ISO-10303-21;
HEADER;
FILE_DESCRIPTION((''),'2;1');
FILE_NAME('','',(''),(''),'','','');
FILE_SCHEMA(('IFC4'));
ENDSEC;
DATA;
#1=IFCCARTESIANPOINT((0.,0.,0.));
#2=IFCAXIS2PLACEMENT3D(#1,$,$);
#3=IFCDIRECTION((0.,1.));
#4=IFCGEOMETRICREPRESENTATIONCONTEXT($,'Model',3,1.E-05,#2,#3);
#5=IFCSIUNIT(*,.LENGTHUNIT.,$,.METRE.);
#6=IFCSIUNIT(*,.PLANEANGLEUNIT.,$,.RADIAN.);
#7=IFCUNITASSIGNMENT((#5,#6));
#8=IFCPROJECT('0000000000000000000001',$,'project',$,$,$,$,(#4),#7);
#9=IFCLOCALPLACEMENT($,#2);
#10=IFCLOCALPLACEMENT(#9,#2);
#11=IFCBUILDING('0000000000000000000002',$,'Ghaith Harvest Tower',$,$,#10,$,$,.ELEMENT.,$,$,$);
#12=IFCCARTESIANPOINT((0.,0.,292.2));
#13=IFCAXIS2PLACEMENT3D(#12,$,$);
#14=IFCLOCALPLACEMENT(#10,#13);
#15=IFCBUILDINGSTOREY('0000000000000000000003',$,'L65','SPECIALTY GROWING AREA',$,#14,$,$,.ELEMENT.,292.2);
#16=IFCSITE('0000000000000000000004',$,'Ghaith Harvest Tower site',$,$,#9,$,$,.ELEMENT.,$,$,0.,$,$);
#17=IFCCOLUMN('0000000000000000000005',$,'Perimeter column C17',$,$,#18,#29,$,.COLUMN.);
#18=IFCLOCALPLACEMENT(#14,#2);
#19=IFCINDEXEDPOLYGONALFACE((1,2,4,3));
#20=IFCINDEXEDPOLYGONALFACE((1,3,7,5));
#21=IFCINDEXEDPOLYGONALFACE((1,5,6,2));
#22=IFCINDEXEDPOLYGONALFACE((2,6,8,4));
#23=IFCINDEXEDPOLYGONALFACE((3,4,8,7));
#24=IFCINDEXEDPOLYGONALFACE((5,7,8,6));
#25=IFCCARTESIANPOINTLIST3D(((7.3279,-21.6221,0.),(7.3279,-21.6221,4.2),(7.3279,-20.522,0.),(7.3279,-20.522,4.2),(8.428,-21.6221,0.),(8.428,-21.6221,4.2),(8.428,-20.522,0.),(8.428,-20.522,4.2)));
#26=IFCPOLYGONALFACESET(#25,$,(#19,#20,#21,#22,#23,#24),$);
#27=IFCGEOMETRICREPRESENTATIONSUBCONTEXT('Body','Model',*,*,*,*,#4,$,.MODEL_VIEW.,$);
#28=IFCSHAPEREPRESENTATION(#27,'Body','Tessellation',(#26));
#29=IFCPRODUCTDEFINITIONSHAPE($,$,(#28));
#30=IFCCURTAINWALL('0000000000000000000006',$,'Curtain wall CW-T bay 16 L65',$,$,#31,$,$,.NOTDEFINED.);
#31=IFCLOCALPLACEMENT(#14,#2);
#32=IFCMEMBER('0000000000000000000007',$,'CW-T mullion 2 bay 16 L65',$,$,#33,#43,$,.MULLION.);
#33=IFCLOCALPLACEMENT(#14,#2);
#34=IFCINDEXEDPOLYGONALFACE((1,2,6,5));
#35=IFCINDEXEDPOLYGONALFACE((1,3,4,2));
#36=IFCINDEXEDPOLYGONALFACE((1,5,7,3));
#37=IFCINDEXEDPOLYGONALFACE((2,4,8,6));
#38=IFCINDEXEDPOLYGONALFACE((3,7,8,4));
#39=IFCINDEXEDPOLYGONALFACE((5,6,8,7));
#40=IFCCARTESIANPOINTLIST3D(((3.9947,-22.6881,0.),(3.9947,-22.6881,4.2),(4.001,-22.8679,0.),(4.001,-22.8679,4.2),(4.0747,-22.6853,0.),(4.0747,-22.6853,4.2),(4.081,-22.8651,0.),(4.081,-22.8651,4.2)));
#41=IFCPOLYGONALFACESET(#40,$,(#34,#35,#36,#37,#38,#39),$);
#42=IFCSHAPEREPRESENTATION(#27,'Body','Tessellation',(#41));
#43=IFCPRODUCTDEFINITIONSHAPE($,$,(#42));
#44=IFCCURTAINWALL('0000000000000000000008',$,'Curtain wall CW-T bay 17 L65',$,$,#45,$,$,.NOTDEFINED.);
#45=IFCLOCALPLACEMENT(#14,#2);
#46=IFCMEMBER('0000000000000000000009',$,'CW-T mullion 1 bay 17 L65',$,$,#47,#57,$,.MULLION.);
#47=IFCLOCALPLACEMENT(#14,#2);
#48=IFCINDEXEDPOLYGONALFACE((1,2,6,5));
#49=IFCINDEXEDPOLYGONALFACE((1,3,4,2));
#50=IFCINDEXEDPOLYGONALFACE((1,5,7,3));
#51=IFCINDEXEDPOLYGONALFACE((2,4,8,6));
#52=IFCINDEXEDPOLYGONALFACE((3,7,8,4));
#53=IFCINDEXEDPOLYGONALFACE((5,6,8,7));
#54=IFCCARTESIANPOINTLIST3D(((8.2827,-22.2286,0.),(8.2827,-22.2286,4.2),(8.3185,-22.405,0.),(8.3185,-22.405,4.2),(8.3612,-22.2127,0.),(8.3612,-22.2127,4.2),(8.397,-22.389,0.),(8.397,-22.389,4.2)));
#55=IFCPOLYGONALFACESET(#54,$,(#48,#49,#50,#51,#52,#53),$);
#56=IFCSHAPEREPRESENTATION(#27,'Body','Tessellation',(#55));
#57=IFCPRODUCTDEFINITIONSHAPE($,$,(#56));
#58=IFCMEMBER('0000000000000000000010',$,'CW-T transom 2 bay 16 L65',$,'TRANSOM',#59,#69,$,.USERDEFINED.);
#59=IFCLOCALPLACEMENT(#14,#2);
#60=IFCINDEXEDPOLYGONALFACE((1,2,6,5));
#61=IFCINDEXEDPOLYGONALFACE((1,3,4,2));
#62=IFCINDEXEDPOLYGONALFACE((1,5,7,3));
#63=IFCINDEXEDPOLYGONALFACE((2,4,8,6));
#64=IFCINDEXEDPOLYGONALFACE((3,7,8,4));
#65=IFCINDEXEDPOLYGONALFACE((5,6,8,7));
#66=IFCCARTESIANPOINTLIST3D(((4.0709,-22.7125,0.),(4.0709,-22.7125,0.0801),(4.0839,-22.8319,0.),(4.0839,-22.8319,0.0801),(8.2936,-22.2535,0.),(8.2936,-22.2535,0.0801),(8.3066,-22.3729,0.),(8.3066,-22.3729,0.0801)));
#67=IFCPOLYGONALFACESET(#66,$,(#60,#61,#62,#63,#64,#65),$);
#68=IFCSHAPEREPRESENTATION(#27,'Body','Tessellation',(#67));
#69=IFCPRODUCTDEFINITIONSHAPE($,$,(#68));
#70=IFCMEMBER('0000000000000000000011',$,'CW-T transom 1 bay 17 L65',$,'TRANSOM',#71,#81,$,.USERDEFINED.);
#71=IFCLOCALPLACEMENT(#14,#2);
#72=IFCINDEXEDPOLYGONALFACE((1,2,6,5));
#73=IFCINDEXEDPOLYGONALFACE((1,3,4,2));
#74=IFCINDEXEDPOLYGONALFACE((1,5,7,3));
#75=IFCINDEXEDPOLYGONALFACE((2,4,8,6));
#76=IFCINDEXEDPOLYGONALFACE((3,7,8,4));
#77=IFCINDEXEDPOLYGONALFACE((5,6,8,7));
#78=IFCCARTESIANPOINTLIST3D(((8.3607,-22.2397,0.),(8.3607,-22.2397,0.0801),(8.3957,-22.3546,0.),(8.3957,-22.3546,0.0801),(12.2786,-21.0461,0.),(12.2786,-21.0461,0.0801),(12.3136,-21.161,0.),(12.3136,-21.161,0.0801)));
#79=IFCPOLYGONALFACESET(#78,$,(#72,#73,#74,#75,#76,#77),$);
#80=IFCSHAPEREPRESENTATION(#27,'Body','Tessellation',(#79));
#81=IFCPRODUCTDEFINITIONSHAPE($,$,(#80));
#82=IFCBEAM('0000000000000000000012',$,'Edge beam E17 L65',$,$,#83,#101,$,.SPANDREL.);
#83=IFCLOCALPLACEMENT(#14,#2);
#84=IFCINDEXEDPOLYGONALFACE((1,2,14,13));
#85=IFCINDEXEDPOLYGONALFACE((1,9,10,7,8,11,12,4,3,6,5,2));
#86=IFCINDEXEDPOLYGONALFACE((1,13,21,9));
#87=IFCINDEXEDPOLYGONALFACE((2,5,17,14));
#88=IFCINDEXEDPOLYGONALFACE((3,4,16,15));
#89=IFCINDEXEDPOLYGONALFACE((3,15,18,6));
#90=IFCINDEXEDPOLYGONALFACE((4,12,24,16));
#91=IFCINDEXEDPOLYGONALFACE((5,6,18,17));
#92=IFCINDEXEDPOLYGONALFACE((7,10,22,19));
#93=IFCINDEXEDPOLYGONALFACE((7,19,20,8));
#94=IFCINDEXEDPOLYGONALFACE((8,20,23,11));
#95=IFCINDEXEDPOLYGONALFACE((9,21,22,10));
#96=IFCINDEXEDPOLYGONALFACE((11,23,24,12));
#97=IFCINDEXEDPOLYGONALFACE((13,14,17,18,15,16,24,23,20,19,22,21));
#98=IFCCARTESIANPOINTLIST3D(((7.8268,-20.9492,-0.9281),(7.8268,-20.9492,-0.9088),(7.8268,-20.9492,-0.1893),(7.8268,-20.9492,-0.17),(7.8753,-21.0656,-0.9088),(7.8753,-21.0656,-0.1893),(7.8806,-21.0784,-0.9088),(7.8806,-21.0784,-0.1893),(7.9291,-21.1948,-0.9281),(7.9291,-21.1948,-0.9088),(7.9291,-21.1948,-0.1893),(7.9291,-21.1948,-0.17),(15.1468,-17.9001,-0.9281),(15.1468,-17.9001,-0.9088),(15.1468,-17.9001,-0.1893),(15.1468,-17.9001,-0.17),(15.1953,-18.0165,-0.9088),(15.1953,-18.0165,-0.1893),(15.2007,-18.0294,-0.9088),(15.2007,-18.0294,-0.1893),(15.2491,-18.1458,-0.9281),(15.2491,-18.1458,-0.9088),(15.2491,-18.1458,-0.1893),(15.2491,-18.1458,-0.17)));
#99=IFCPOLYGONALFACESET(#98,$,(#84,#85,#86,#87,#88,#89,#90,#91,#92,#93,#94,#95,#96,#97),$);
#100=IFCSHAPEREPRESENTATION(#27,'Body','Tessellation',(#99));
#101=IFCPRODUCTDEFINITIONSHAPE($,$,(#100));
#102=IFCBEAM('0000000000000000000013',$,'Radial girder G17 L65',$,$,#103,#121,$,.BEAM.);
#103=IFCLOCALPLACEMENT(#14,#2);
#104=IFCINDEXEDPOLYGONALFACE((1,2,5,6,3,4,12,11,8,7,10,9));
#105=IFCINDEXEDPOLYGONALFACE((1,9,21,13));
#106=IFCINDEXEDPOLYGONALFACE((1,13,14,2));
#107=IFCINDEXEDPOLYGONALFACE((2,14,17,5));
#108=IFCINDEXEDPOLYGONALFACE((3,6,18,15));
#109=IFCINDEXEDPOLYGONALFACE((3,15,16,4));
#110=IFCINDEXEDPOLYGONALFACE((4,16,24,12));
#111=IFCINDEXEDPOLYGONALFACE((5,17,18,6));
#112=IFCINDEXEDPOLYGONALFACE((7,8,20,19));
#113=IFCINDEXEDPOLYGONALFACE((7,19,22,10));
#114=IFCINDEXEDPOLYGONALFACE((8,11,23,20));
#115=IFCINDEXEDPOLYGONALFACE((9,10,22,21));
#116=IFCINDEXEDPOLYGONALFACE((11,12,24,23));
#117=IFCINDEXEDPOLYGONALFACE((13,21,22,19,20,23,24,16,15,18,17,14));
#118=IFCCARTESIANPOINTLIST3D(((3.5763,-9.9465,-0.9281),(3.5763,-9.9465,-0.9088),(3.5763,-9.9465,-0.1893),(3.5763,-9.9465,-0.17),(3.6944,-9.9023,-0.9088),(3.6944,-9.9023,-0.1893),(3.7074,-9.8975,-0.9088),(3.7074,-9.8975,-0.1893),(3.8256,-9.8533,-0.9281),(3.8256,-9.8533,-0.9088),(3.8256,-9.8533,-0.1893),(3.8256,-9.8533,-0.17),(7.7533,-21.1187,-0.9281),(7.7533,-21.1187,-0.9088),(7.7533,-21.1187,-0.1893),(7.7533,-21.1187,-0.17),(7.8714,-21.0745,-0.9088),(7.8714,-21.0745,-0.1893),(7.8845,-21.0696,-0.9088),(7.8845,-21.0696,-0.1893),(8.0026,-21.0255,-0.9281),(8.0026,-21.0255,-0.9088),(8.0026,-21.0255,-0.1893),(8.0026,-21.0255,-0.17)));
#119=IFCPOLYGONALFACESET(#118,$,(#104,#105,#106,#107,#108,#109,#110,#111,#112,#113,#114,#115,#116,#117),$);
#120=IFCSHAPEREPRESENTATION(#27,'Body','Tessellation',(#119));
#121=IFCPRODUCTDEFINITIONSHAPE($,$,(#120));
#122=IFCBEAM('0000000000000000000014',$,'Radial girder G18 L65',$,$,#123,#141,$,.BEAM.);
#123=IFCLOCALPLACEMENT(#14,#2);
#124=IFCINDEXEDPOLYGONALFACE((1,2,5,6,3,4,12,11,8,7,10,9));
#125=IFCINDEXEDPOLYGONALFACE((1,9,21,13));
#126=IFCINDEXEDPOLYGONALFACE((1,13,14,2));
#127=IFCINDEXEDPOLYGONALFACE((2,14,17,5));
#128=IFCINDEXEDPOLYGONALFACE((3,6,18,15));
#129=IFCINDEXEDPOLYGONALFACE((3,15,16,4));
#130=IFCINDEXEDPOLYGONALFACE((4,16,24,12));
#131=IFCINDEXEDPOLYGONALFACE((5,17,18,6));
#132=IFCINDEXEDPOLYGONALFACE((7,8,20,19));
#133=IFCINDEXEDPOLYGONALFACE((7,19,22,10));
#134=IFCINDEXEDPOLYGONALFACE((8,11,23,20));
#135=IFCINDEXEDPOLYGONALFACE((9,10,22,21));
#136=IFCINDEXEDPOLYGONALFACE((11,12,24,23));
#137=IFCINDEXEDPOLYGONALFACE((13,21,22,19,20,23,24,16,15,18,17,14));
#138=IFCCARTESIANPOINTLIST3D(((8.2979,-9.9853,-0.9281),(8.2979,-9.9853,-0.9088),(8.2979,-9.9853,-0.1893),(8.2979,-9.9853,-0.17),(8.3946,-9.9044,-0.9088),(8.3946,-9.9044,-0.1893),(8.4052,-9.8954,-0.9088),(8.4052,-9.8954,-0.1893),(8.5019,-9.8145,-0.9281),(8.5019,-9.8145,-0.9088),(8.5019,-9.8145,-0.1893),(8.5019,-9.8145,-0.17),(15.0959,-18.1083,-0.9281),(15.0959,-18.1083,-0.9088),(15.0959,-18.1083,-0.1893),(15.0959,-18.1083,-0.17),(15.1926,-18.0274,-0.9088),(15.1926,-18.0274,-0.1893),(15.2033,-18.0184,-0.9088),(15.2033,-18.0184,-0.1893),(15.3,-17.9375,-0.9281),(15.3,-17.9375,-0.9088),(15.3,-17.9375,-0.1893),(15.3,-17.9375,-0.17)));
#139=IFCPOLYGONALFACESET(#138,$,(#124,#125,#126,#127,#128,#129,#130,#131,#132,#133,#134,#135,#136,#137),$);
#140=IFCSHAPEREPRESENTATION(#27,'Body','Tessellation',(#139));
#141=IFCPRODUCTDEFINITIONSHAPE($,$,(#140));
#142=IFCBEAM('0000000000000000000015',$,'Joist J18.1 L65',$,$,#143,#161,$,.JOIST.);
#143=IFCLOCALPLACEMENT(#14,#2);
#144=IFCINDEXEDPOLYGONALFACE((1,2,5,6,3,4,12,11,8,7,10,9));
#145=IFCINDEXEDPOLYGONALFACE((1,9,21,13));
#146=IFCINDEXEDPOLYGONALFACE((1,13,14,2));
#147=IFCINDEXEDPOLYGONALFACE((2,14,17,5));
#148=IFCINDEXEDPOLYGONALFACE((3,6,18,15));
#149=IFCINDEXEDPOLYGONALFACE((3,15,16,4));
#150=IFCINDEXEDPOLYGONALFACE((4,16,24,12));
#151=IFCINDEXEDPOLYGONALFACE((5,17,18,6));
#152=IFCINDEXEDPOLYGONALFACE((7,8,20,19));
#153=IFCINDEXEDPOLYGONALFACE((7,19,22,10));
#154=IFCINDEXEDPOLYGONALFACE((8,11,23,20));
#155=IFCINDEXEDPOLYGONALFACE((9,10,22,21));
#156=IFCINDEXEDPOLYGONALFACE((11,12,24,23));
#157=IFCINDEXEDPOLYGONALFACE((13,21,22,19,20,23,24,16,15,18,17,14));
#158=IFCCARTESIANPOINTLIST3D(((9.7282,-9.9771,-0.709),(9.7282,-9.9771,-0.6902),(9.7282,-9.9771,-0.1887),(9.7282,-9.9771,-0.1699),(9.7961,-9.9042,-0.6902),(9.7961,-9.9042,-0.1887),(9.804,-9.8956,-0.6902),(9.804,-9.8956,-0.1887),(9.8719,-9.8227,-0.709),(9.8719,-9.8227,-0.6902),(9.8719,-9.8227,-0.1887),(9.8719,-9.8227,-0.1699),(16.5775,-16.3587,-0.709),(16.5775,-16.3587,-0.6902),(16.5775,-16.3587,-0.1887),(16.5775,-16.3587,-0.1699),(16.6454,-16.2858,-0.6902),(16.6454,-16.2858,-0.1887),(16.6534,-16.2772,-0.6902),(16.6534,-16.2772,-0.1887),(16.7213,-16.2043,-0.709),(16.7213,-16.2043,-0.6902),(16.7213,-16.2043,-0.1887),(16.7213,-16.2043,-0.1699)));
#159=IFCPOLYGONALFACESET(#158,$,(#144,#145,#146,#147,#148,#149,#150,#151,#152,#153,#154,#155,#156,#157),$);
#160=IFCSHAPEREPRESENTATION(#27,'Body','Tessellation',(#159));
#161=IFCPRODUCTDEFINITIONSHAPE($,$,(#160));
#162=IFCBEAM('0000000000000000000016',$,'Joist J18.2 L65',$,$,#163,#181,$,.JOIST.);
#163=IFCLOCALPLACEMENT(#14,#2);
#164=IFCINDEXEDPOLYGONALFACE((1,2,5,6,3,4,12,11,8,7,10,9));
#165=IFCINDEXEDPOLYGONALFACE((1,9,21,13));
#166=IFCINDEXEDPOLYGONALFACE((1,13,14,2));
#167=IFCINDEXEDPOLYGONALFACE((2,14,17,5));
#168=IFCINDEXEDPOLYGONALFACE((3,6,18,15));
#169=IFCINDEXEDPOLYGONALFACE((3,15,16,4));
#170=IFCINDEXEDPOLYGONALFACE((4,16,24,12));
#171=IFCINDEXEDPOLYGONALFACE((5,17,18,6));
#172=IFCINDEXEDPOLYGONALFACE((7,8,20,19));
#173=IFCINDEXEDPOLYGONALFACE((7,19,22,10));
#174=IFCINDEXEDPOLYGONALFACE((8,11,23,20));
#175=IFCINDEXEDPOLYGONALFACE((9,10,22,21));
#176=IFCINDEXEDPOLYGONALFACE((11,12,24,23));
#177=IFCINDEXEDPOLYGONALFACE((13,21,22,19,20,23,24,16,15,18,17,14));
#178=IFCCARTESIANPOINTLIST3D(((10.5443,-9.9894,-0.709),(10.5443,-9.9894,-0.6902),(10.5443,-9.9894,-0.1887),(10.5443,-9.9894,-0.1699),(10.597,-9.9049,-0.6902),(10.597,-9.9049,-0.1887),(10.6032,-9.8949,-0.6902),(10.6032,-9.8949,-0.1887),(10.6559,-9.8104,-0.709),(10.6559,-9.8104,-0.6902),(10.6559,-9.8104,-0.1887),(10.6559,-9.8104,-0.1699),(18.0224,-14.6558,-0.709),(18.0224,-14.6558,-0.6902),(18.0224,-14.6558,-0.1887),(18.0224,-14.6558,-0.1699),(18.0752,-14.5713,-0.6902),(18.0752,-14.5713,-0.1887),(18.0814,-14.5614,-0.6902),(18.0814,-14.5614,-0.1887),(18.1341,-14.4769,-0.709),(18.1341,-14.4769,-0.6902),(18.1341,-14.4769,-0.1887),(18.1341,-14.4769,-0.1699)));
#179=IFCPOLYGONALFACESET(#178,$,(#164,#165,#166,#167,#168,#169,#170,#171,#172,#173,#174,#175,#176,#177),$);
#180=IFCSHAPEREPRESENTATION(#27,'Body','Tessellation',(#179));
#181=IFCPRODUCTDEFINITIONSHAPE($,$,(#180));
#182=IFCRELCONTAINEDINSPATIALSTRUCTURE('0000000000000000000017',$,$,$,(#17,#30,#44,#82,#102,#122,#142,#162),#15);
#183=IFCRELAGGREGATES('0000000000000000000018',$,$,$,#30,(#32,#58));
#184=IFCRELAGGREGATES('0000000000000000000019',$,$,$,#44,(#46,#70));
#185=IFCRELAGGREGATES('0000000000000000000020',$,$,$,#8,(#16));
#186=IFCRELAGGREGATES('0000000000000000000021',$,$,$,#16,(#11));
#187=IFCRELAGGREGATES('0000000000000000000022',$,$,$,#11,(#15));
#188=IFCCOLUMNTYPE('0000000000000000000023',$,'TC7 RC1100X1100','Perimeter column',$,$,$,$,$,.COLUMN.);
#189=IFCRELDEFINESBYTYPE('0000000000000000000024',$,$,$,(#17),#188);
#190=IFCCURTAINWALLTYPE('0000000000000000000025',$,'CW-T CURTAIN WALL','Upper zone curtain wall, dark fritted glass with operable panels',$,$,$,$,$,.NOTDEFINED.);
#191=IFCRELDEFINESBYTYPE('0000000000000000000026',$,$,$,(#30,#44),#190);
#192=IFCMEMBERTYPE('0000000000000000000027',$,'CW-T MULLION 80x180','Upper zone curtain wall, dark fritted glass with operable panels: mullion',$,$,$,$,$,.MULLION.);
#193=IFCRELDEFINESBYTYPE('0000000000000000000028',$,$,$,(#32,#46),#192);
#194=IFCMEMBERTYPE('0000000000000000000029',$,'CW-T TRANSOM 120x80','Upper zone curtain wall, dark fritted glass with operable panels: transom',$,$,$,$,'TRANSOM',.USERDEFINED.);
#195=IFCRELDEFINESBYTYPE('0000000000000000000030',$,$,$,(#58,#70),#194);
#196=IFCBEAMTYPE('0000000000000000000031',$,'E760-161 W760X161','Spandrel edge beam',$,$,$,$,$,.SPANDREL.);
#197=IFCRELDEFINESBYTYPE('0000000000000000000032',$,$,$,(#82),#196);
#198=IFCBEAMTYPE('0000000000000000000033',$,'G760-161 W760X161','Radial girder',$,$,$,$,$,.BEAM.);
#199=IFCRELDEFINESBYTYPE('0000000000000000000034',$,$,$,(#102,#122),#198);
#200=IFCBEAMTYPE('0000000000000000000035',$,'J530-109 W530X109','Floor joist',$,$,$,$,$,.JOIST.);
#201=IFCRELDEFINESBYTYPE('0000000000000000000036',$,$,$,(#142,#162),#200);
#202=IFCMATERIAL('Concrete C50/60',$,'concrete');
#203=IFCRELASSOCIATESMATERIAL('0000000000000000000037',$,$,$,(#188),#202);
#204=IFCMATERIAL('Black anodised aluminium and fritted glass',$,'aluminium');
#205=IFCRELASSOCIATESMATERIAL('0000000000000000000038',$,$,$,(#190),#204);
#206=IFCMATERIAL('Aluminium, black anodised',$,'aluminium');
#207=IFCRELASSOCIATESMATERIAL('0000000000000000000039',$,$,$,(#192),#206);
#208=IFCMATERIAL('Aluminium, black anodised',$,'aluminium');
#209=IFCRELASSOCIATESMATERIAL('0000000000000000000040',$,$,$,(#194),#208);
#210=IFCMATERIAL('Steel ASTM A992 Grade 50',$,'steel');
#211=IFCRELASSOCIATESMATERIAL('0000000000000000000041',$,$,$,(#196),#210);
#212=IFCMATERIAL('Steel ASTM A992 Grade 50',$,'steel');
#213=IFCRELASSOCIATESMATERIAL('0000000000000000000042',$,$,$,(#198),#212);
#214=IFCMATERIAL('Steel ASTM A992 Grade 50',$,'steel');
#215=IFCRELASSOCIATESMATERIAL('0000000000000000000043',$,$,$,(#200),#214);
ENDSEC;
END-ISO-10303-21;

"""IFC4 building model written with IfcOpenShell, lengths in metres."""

from ifc_helpers import new_model, si_unit, direction, frame, origin, origin_2d, place, context, subcontext, project, spatial, rectangle, i_section, extrude, material, material_profile, profile_set, type_object, element, aggregate, save


model = new_model("IFC4")

# Units and contexts
model_context = context("Model", 3, precision=1e-05, world=origin(), true_north=direction((0.0, 1.0)))
body_context = subcontext(model_context, "Body", "Model", "MODEL_VIEW")
ifc_project = project(units=[si_unit("LENGTHUNIT", "METRE"), si_unit("PLANEANGLEUNIT", "RADIAN")], contexts=[model_context])

# Site, building, storey
site_placement = place(None, origin())
site = spatial("IfcSite", under=ifc_project, at=site_placement, Name="Ghaith Harvest Tower site", CompositionType="ELEMENT", RefElevation=0.0)
building_placement = place(site_placement, origin())
building = spatial("IfcBuilding", under=site, at=building_placement, Name="Ghaith Harvest Tower", CompositionType="ELEMENT")
storey_placement = place(building_placement, frame((0.0, 0.0, 292.2)))
storey = spatial("IfcBuildingStorey", under=building, at=storey_placement, Name="L65", Description="SPECIALTY GROWING AREA", CompositionType="ELEMENT", Elevation=292.2)

# Column
ifc_material_1 = material(Name="Concrete C50/60", Category="concrete")
ifc_material_profile_1 = material_profile(ifc_material_1, rectangle(XDim=1.1001, YDim=1.1001, at=origin_2d()), Name="RC1100X1100")
ifc_profile_set_1 = profile_set([ifc_material_profile_1], Name="Concrete C50/60")
column_type = type_object("IfcColumnType", Name="TC7 RC1100X1100", Description="Perimeter column", PredefinedType="COLUMN", material=ifc_profile_set_1)
column_placement = place(storey_placement, frame((7.8779, -21.072, 0.0), z_axis=(0.0, 0.0, 1.0), x_axis=(1.0, 0.0, 0.0)))
element("IfcColumn", 1, at=column_placement, inside=storey, type_object=column_type, Name="Perimeter column C17", PredefinedType="COLUMN", context=body_context, shape_type="SweptSolid", body=[
    extrude(rectangle(XDim=1.1001, YDim=1.1001, at=origin_2d()), origin(), (0.0, 0.0, 1.0), 4.2),
])

# Curtain walls, members
ifc_material_2 = material(Name="Black anodised aluminium and fritted glass", Category="aluminium")
curtain_wall_type = type_object("IfcCurtainWallType", Name="CW-T CURTAIN WALL", Description="Upper zone curtain wall, dark fritted glass with operable panels", PredefinedType="NOTDEFINED", material=ifc_material_2)
curtain_wall_1_placement = place(storey_placement, origin())
curtain_wall_1 = element("IfcCurtainWall", 2, at=curtain_wall_1_placement, inside=storey, type_object=curtain_wall_type, Name="Curtain wall CW-T bay 16 L65", PredefinedType="NOTDEFINED")
ifc_material_3 = material(Name="Aluminium, black anodised", Category="aluminium")
ifc_material_profile_2 = material_profile(ifc_material_3, rectangle(XDim=0.0801, YDim=0.1799, at=origin_2d()), Name="CW-T MULLION 80x180")
ifc_profile_set_2 = profile_set([ifc_material_profile_2], Name="Aluminium, black anodised")
member_type_1 = type_object("IfcMemberType", Name="CW-T MULLION 80x180", Description="Upper zone curtain wall, dark fritted glass with operable panels: mullion", PredefinedType="MULLION", material=ifc_profile_set_2)
member_1_placement = place(storey_placement, frame((4.0378, -22.7766, 0.0), z_axis=(0.0, 0.0, 1.0), x_axis=(0.999389, 0.034962, 0.0)))
member_1 = element("IfcMember", 3, at=member_1_placement, type_object=member_type_1, Name="CW-T mullion 2 bay 16 L65", PredefinedType="MULLION", context=body_context, shape_type="SweptSolid", body=[
    extrude(rectangle(XDim=0.0801, YDim=0.1799, at=origin_2d()), origin(), (0.0, 0.0, 1.0), 4.2),
])
curtain_wall_2_placement = place(storey_placement, origin())
curtain_wall_2 = element("IfcCurtainWall", 4, at=curtain_wall_2_placement, inside=storey, type_object=curtain_wall_type, Name="Curtain wall CW-T bay 17 L65", PredefinedType="NOTDEFINED")
member_2_placement = place(storey_placement, frame((8.3398, -22.3088, 0.0), z_axis=(0.0, 0.0, 1.0), x_axis=(0.98, 0.198997, 0.0)))
member_2 = element("IfcMember", 5, at=member_2_placement, type_object=member_type_1, Name="CW-T mullion 1 bay 17 L65", PredefinedType="MULLION", context=body_context, shape_type="SweptSolid", body=[
    extrude(rectangle(XDim=0.0801, YDim=0.1799, at=origin_2d()), origin(), (0.0, 0.0, 1.0), 4.2),
])

# Members
ifc_material_4 = material(Name="Aluminium, black anodised", Category="aluminium")
ifc_material_profile_3 = material_profile(ifc_material_4, rectangle(XDim=0.1201, YDim=0.0801, at=origin_2d()), Name="CW-T TRANSOM 120x80")
ifc_profile_set_3 = profile_set([ifc_material_profile_3], Name="Aluminium, black anodised")
member_type_2 = type_object("IfcMemberType", Name="CW-T TRANSOM 120x80", Description="Upper zone curtain wall, dark fritted glass with operable panels: transom", ElementType="TRANSOM", PredefinedType="USERDEFINED", material=ifc_profile_set_3)
member_3_placement = place(storey_placement, frame((4.0774, -22.7722, 0.04), z_axis=(0.994144, 0.108059, 0.0), x_axis=(-0.108059, 0.994144, 0.0)))
member_3 = element("IfcMember", 6, at=member_3_placement, type_object=member_type_2, Name="CW-T transom 2 bay 16 L65", ObjectType="TRANSOM", PredefinedType="USERDEFINED", context=body_context, shape_type="SweptSolid", body=[
    extrude(rectangle(XDim=0.1201, YDim=0.0801, at=origin_2d()), origin(), (0.0, 0.0, 1.0), 4.2476),
])
member_4_placement = place(storey_placement, frame((8.3782, -22.2971, 0.04), z_axis=(0.956594, 0.291425, 0.0), x_axis=(-0.291425, 0.956594, 0.0)))
member_4 = element("IfcMember", 7, at=member_4_placement, type_object=member_type_2, Name="CW-T transom 1 bay 17 L65", ObjectType="TRANSOM", PredefinedType="USERDEFINED", context=body_context, shape_type="SweptSolid", body=[
    extrude(rectangle(XDim=0.1201, YDim=0.0801, at=origin_2d()), origin(), (0.0, 0.0, 1.0), 4.0957),
])

# Beams
ifc_material_5 = material(Name="Steel ASTM A992 Grade 50", Category="steel")
ifc_material_profile_4 = material_profile(ifc_material_5, i_section(OverallWidth=0.2661, OverallDepth=0.7581, WebThickness=0.0139, FlangeThickness=0.0193, at=origin_2d()), Name="W760X161")
ifc_profile_set_4 = profile_set([ifc_material_profile_4], Name="Steel ASTM A992 Grade 50")
beam_type_1 = type_object("IfcBeamType", Name="E760-161 W760X161", Description="Spandrel edge beam", PredefinedType="SPANDREL", material=ifc_profile_set_4)
beam_1_placement = place(storey_placement, frame((7.8779, -21.072, -0.5491), z_axis=(0.92312, 0.384513, 0.0), x_axis=(-0.384513, 0.92312, 0.0)))
element("IfcBeam", 8, at=beam_1_placement, inside=storey, type_object=beam_type_1, Name="Edge beam E17 L65", PredefinedType="SPANDREL", context=body_context, shape_type="SweptSolid", body=[
    extrude(i_section(OverallWidth=0.2661, OverallDepth=0.7581, WebThickness=0.0139, FlangeThickness=0.0193, at=origin_2d()), origin(), (0.0, 0.0, 1.0), 7.9297),
])
ifc_material_6 = material(Name="Steel ASTM A992 Grade 50", Category="steel")
ifc_material_profile_5 = material_profile(ifc_material_6, i_section(OverallWidth=0.2661, OverallDepth=0.7581, WebThickness=0.0139, FlangeThickness=0.0193, at=origin_2d()), Name="W760X161")
ifc_profile_set_5 = profile_set([ifc_material_profile_5], Name="Steel ASTM A992 Grade 50")
beam_type_2 = type_object("IfcBeamType", Name="G760-161 W760X161", Description="Radial girder", PredefinedType="BEAM", material=ifc_profile_set_5)
beam_2_placement = place(storey_placement, frame((3.7009, -9.8999, -0.5491), z_axis=(0.350201, -0.936674, 0.0), x_axis=(0.936674, 0.350201, 0.0)))
element("IfcBeam", 9, at=beam_2_placement, inside=storey, type_object=beam_type_2, Name="Radial girder G17 L65", PredefinedType="BEAM", context=body_context, shape_type="SweptSolid", body=[
    extrude(i_section(OverallWidth=0.2661, OverallDepth=0.7581, WebThickness=0.0139, FlangeThickness=0.0193, at=origin_2d()), origin(), (0.0, 0.0, 1.0), 11.9275),
])
beam_3_placement = place(storey_placement, frame((8.3999, -9.8999, -0.5491), z_axis=(0.641793, -0.766878, 0.0), x_axis=(0.766878, 0.641793, 0.0)))
element("IfcBeam", 10, at=beam_3_placement, inside=storey, type_object=beam_type_2, Name="Radial girder G18 L65", PredefinedType="BEAM", context=body_context, shape_type="SweptSolid", body=[
    extrude(i_section(OverallWidth=0.2661, OverallDepth=0.7581, WebThickness=0.0139, FlangeThickness=0.0193, at=origin_2d()), origin(), (0.0, 0.0, 1.0), 10.5923),
])
ifc_material_7 = material(Name="Steel ASTM A992 Grade 50", Category="steel")
ifc_material_profile_6 = material_profile(ifc_material_7, i_section(OverallWidth=0.2109, OverallDepth=0.5391, WebThickness=0.0117, FlangeThickness=0.0188, at=origin_2d()), Name="W530X109")
ifc_profile_set_6 = profile_set([ifc_material_profile_6], Name="Steel ASTM A992 Grade 50")
beam_type_3 = type_object("IfcBeamType", Name="J530-109 W530X109", Description="Floor joist", PredefinedType="JOIST", material=ifc_profile_set_6)
beam_4_placement = place(storey_placement, frame((9.8, -9.8999, -0.4395), z_axis=(0.731649, -0.681682, 0.0), x_axis=(0.681682, 0.731649, 0.0)))
element("IfcBeam", 11, at=beam_4_placement, inside=storey, type_object=beam_type_3, Name="Joist J18.1 L65", PredefinedType="JOIST", context=body_context, shape_type="SweptSolid", body=[
    extrude(i_section(OverallWidth=0.2109, OverallDepth=0.5391, WebThickness=0.0117, FlangeThickness=0.0188, at=origin_2d()), origin(), (0.0, 0.0, 1.0), 9.3616),
])
beam_5_placement = place(storey_placement, frame((10.6001, -9.8999, -0.4395), z_axis=(0.848376, -0.529394, 0.0), x_axis=(0.529394, 0.848376, 0.0)))
element("IfcBeam", 12, at=beam_5_placement, inside=storey, type_object=beam_type_3, Name="Joist J18.2 L65", PredefinedType="JOIST", context=body_context, shape_type="SweptSolid", body=[
    extrude(i_section(OverallWidth=0.2109, OverallDepth=0.5391, WebThickness=0.0117, FlangeThickness=0.0188, at=origin_2d()), origin(), (0.0, 0.0, 1.0), 8.8147),
])

aggregate(curtain_wall_1, [member_1, member_3])
aggregate(curtain_wall_2, [member_2, member_4])

save(model, "model.ifc")
